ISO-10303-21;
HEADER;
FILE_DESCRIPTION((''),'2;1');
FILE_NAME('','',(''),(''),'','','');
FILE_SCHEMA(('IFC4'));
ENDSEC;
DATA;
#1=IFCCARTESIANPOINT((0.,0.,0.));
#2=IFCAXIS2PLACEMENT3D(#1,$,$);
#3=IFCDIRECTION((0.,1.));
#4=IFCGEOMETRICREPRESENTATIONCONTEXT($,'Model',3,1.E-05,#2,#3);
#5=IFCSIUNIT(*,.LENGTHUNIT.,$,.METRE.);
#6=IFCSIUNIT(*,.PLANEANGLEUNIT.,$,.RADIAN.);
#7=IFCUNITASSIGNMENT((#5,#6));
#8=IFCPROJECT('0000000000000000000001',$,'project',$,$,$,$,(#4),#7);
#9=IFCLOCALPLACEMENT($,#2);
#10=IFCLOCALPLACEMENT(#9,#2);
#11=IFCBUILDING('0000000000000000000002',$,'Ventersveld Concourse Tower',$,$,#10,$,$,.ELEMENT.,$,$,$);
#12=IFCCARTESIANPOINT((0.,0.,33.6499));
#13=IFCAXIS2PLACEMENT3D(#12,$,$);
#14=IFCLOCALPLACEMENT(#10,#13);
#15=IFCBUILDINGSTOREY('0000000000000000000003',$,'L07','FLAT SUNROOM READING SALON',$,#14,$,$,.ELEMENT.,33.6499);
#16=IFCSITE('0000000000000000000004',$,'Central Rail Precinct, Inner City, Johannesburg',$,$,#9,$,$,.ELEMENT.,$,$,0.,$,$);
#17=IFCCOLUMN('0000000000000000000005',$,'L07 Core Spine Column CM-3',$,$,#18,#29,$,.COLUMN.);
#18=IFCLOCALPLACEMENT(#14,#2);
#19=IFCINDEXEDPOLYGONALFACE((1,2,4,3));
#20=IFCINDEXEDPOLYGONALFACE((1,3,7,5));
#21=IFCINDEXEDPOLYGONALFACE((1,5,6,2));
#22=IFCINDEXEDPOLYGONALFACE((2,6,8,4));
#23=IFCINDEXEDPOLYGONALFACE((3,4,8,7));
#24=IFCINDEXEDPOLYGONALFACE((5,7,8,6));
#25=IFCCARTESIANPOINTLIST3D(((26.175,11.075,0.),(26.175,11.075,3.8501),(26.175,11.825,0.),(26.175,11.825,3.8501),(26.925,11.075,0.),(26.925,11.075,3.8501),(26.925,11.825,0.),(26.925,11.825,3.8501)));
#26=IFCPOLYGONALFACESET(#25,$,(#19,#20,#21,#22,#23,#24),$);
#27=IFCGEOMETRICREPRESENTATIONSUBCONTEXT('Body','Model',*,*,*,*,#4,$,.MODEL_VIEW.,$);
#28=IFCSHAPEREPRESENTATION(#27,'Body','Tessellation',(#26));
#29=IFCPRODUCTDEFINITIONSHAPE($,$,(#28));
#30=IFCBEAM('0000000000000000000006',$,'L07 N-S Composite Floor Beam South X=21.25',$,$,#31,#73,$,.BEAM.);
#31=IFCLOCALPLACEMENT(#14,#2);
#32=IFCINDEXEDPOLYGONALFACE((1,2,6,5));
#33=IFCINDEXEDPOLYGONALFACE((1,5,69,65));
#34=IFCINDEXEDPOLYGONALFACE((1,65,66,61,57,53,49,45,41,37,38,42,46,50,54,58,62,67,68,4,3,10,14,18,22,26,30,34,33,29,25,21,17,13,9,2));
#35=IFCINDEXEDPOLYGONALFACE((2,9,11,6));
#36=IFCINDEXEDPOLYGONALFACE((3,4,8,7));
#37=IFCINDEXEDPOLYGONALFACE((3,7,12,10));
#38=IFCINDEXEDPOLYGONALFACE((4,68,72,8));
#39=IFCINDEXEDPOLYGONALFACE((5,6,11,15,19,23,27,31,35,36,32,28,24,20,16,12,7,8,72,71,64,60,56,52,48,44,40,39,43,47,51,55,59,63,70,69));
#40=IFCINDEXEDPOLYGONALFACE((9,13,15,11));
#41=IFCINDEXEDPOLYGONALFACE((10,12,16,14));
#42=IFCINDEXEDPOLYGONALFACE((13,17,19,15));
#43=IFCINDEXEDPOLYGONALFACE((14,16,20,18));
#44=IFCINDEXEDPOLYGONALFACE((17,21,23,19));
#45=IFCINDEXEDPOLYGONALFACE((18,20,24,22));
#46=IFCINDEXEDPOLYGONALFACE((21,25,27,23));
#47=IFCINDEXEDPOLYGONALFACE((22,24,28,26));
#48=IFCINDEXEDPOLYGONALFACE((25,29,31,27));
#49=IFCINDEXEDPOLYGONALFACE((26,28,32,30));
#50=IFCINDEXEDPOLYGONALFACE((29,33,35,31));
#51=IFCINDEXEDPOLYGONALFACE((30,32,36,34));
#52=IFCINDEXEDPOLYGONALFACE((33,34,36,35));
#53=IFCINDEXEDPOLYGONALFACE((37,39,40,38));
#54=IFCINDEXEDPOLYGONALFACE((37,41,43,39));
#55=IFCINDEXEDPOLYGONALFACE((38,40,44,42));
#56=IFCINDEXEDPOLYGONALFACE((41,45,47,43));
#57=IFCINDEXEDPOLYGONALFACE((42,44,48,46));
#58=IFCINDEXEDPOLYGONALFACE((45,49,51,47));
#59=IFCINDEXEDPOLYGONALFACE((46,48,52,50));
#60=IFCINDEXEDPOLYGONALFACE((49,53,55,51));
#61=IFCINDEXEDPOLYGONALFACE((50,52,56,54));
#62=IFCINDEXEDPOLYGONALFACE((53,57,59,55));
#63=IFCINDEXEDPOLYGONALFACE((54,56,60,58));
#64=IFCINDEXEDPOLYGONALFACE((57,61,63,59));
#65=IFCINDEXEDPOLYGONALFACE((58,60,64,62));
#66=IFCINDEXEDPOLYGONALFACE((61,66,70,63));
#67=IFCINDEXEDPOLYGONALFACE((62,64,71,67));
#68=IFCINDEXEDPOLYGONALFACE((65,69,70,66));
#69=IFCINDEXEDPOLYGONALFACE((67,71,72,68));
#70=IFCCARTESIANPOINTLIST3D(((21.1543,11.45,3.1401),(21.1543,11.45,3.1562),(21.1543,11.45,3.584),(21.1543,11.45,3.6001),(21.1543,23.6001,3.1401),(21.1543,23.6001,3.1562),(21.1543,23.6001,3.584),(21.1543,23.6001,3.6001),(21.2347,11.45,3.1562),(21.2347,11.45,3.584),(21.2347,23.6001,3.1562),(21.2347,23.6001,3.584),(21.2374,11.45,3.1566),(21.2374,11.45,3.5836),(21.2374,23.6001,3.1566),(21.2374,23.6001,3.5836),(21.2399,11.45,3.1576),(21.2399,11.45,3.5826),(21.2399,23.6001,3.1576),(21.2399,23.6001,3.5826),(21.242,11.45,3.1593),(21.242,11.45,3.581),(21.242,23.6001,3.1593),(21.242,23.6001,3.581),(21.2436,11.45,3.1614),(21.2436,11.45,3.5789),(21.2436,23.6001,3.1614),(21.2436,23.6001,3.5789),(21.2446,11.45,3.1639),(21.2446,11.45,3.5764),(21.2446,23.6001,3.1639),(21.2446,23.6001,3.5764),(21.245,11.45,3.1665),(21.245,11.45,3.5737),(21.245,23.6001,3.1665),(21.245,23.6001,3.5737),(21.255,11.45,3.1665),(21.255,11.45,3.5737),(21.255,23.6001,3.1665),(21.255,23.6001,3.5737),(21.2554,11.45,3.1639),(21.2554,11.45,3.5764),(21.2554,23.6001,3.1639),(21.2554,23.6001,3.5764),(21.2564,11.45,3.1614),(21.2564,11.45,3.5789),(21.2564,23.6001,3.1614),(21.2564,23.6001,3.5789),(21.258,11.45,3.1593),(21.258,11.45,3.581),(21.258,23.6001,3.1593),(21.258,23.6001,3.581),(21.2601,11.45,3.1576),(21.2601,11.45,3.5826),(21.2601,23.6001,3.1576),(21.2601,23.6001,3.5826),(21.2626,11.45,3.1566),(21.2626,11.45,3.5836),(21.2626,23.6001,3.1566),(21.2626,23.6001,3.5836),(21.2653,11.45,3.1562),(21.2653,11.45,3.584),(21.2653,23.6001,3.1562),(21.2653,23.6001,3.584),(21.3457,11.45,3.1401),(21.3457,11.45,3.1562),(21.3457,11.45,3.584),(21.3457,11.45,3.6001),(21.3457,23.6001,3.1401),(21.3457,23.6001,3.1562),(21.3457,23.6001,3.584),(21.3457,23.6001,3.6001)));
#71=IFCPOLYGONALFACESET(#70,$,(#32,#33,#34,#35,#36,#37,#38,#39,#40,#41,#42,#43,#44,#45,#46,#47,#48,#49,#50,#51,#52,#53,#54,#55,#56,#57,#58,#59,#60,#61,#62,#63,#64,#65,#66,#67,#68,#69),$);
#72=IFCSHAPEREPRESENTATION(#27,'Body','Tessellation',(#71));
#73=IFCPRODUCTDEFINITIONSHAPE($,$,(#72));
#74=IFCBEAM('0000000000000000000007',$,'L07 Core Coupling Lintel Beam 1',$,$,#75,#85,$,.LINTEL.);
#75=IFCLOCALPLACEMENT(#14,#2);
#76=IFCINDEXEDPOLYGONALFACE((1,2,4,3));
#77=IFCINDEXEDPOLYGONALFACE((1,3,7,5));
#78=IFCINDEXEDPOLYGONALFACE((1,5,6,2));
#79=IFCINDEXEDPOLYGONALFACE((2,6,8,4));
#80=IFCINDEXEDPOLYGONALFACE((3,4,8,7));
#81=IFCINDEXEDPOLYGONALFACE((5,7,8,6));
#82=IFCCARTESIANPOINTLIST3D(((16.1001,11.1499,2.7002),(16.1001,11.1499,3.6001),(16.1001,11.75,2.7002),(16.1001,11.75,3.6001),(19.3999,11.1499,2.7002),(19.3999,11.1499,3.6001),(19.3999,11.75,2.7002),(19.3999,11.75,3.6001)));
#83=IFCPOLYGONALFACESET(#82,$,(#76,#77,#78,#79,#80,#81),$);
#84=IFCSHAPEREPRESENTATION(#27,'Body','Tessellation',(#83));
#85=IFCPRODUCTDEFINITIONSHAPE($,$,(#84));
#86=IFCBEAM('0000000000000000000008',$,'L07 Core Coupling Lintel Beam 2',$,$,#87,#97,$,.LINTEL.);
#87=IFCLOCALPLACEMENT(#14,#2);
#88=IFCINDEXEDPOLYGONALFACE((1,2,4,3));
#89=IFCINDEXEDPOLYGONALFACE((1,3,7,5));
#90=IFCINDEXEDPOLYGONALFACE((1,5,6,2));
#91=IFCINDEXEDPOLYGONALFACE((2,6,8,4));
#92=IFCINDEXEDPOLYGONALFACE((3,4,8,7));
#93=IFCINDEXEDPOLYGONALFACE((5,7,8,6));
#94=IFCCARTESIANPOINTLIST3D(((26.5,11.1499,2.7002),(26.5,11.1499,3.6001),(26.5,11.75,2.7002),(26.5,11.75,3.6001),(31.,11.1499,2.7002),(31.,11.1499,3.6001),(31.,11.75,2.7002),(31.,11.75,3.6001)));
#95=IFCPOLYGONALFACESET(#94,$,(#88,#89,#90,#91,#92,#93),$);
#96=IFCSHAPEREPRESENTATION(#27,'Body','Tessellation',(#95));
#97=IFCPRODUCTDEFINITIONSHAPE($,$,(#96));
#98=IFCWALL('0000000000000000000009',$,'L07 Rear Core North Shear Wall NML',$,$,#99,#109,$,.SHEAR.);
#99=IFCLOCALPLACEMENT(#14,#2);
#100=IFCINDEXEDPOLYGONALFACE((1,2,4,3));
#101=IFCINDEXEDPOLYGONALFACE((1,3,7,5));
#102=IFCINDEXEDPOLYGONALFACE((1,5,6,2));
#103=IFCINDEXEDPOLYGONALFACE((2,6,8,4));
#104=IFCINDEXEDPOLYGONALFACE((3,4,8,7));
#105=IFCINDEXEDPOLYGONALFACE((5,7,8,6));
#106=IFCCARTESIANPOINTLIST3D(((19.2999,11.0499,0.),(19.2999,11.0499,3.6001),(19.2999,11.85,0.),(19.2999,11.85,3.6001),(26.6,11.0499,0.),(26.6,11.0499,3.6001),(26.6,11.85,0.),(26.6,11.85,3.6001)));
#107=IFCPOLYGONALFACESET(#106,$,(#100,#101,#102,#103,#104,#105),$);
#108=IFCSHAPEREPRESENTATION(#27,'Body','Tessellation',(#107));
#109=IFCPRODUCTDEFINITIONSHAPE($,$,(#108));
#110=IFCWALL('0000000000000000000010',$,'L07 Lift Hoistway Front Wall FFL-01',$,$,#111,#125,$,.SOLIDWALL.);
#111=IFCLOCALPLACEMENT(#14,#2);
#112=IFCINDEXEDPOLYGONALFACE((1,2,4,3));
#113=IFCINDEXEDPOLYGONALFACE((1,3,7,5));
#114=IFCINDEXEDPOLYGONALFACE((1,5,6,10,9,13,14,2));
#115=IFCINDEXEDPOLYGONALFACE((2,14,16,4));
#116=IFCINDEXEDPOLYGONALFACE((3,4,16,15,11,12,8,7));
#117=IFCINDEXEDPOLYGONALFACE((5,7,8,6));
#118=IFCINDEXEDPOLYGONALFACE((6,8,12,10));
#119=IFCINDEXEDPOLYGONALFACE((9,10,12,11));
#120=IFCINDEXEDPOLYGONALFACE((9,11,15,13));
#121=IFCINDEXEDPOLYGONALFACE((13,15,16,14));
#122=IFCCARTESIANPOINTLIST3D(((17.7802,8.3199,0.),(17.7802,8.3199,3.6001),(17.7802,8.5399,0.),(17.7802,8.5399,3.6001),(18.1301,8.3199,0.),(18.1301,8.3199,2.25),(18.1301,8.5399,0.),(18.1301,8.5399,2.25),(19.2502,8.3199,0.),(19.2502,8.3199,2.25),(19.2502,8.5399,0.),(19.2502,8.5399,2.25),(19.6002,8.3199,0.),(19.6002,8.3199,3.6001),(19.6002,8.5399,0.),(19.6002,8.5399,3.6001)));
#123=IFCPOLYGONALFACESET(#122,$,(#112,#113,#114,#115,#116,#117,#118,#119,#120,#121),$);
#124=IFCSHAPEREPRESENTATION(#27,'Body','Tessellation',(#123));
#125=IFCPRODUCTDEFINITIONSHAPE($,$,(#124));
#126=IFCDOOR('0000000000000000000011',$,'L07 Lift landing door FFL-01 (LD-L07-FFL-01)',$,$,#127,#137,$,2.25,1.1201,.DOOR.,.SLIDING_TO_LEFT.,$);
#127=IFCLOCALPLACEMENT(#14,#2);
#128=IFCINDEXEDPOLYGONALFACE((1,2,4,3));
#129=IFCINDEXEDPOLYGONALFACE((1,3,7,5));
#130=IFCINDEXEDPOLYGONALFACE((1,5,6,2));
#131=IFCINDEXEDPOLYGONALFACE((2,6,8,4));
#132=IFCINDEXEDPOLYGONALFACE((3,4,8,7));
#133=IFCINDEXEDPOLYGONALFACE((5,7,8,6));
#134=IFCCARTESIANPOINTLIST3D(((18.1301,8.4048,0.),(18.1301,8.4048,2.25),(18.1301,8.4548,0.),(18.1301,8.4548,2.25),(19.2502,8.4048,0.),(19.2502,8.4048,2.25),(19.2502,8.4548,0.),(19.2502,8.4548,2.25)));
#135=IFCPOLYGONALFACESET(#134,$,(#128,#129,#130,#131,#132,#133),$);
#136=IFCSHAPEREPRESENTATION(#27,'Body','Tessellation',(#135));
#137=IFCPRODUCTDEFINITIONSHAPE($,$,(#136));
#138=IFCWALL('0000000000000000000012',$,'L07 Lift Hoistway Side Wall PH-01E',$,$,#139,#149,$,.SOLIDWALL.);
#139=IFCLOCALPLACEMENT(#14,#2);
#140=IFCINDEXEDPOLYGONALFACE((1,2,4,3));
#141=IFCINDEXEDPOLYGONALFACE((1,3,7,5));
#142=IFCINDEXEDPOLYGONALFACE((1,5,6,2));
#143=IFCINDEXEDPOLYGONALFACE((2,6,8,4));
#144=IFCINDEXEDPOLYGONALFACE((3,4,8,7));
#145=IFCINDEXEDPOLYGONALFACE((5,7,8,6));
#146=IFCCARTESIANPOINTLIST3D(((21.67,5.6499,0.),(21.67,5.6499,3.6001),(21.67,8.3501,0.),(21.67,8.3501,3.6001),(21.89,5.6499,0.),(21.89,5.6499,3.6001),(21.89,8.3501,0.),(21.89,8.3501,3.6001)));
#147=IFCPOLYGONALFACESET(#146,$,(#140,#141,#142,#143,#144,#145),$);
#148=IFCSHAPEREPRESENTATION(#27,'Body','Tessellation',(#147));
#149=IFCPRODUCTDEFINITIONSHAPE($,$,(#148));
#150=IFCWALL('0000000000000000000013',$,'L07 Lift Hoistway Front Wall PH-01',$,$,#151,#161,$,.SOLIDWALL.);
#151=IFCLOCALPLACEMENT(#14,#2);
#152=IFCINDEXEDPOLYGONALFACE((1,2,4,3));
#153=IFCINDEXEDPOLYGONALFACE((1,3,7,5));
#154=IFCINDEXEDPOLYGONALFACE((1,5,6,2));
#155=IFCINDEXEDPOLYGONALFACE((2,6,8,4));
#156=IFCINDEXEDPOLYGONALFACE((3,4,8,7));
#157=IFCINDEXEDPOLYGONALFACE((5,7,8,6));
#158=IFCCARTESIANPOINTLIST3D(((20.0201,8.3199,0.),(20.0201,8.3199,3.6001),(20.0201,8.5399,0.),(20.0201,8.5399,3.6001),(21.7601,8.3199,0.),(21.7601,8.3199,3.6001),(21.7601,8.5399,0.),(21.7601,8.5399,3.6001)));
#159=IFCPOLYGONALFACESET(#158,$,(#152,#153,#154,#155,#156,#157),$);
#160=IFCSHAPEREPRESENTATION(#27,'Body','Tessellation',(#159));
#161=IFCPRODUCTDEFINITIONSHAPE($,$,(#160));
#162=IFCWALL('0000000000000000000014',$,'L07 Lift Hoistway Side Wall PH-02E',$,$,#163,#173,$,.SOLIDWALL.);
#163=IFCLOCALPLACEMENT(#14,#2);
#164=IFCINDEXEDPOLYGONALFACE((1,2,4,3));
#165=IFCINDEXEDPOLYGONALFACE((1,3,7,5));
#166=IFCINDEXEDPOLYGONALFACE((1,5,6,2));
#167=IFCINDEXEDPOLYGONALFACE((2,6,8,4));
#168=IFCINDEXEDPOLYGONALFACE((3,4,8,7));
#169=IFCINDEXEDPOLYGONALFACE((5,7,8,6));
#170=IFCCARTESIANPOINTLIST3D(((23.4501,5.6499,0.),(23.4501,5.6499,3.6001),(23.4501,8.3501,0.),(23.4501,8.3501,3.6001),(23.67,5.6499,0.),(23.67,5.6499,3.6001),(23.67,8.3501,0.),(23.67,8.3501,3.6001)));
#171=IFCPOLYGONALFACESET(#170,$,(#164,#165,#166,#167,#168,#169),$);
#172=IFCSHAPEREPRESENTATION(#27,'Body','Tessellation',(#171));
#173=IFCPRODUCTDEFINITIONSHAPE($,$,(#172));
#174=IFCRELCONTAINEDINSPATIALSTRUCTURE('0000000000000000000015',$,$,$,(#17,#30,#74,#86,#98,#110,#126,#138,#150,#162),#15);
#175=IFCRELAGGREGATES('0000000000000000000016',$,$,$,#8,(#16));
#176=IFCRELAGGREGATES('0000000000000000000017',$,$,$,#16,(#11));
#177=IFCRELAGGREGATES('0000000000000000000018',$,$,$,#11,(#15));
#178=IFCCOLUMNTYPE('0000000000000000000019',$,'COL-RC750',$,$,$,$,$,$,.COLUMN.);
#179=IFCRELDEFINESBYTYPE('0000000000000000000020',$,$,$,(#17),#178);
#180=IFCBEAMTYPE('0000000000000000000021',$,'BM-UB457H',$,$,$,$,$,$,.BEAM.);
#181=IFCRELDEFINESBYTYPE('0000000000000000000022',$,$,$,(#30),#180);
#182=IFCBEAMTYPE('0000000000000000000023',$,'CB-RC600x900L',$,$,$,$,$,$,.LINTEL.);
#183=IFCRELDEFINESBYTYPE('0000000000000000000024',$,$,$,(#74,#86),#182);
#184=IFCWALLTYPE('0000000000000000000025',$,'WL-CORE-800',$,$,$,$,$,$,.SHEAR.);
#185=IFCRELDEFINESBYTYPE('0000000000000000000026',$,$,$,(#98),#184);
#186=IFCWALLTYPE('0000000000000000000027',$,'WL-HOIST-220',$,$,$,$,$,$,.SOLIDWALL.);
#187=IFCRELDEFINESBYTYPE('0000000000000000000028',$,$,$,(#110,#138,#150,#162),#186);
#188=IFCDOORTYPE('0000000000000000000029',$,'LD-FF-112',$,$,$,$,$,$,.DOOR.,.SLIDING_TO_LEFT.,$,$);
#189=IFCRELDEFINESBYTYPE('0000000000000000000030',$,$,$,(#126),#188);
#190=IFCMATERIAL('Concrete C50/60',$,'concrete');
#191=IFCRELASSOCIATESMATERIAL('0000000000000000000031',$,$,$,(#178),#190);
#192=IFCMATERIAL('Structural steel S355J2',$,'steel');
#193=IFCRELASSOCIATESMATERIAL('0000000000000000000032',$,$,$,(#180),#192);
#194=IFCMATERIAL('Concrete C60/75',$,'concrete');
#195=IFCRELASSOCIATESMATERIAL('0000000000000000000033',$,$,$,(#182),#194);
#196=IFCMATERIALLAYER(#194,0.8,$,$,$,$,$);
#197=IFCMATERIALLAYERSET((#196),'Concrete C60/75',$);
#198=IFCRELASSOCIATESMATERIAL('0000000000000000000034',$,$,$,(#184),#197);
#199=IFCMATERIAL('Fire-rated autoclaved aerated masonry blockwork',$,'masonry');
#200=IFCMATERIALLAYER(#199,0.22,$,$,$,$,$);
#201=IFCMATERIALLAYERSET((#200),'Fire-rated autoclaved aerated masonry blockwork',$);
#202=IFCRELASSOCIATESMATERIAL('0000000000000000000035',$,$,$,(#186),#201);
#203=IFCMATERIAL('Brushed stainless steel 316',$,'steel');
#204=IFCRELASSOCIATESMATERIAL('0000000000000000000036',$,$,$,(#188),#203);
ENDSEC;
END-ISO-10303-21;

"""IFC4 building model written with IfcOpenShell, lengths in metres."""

from ifc_helpers import new_model, si_unit, direction, frame, frame_2d, origin, origin_2d, place, context, subcontext, project, spatial, rectangle, i_section, extrude, material, layer, layer_set, material_profile, profile_set, type_object, element, fill, save


model = new_model("IFC4")

# Units and contexts
model_context = context("Model", 3, precision=1e-05, world=origin(), true_north=direction((0.0, 1.0)))
body_context = subcontext(model_context, "Body", "Model", "MODEL_VIEW")
ifc_project = project(units=[si_unit("LENGTHUNIT", "METRE"), si_unit("PLANEANGLEUNIT", "RADIAN")], contexts=[model_context])

# Site, building, storey
site_placement = place(None, origin())
site = spatial("IfcSite", under=ifc_project, at=site_placement, Name="Central Rail Precinct, Inner City, Johannesburg", CompositionType="ELEMENT", RefElevation=0.0)
building_placement = place(site_placement, origin())
building = spatial("IfcBuilding", under=site, at=building_placement, Name="Ventersveld Concourse Tower", CompositionType="ELEMENT")
storey_placement = place(building_placement, frame((0.0, 0.0, 33.6499)))
storey = spatial("IfcBuildingStorey", under=building, at=storey_placement, Name="L07", Description="FLAT SUNROOM READING SALON", CompositionType="ELEMENT", Elevation=33.6499)

# Column
ifc_material_1 = material(Name="Concrete C50/60", Category="concrete")
ifc_material_profile_1 = material_profile(ifc_material_1, rectangle(XDim=0.75, YDim=0.75, at=origin_2d()), Name="RC 750x750")
ifc_profile_set_1 = profile_set([ifc_material_profile_1], Name="Concrete C50/60")
column_type = type_object("IfcColumnType", Name="COL-RC750", PredefinedType="COLUMN", material=ifc_profile_set_1)
column_placement = place(storey_placement, frame((26.55, 11.45, 0.0), z_axis=(0.0, 0.0, 1.0), x_axis=(1.0, 0.0, 0.0)))
element("IfcColumn", 1, at=column_placement, inside=storey, type_object=column_type, Name="L07 Core Spine Column CM-3", PredefinedType="COLUMN", context=body_context, shape_type="SweptSolid", body=[
    extrude(rectangle(XDim=0.75, YDim=0.75, at=origin_2d()), origin(), (0.0, 0.0, 1.0), 3.8501),
])

# Beams
ifc_material_2 = material(Name="Structural steel S355J2", Category="steel")
ifc_material_profile_2 = material_profile(ifc_material_2, i_section(OverallWidth=0.1914, OverallDepth=0.46, WebThickness=0.01, FlangeThickness=0.0161, FilletRadius=0.0103, at=origin_2d()), Name="UB 457x191x82")
ifc_profile_set_2 = profile_set([ifc_material_profile_2], Name="Structural steel S355J2")
beam_type_1 = type_object("IfcBeamType", Name="BM-UB457H", PredefinedType="BEAM", material=ifc_profile_set_2)
beam_1_placement = place(storey_placement, frame((21.25, 11.45, 3.3701), z_axis=(0.0, 1.0, 0.0), x_axis=(-1.0, 0.0, 0.0)))
element("IfcBeam", 2, at=beam_1_placement, inside=storey, type_object=beam_type_1, Name="L07 N-S Composite Floor Beam South X=21.25", PredefinedType="BEAM", context=body_context, shape_type="SweptSolid", body=[
    extrude(i_section(OverallWidth=0.1914, OverallDepth=0.46, WebThickness=0.01, FlangeThickness=0.0161, FilletRadius=0.0103, at=origin_2d()), origin(), (0.0, 0.0, 1.0), 12.1501),
])
ifc_material_3 = material(Name="Concrete C60/75", Category="concrete")
ifc_material_profile_3 = material_profile(ifc_material_3, rectangle(XDim=0.6001, YDim=0.8999, at=origin_2d()), Name="RC 600x900")
ifc_profile_set_3 = profile_set([ifc_material_profile_3], Name="Concrete C60/75")
beam_type_2 = type_object("IfcBeamType", Name="CB-RC600x900L", PredefinedType="LINTEL", material=ifc_profile_set_3)
beam_2_placement = place(storey_placement, frame((16.1001, 11.45, 3.1501), z_axis=(1.0, 0.0, 0.0), x_axis=(0.0, 1.0, 0.0)))
element("IfcBeam", 3, at=beam_2_placement, inside=storey, type_object=beam_type_2, Name="L07 Core Coupling Lintel Beam 1", PredefinedType="LINTEL", context=body_context, shape_type="SweptSolid", body=[
    extrude(rectangle(XDim=0.6001, YDim=0.8999, at=origin_2d()), origin(), (0.0, 0.0, 1.0), 3.2998),
])
beam_3_placement = place(storey_placement, frame((26.5, 11.45, 3.1501), z_axis=(1.0, 0.0, 0.0), x_axis=(0.0, 1.0, 0.0)))
element("IfcBeam", 4, at=beam_3_placement, inside=storey, type_object=beam_type_2, Name="L07 Core Coupling Lintel Beam 2", PredefinedType="LINTEL", context=body_context, shape_type="SweptSolid", body=[
    extrude(rectangle(XDim=0.6001, YDim=0.8999, at=origin_2d()), origin(), (0.0, 0.0, 1.0), 4.5),
])

# Wall
ifc_layer_1 = layer(ifc_material_3, 0.8)
ifc_layer_set_1 = layer_set([ifc_layer_1], Name="Concrete C60/75")
wall_type_1 = type_object("IfcWallType", Name="WL-CORE-800", PredefinedType="SHEAR", material=ifc_layer_set_1)
wall_1_placement = place(storey_placement, frame((19.3, 11.45, 0.0), z_axis=(0.0, 0.0, 1.0), x_axis=(1.0, 0.0, 0.0)))
element("IfcWall", 5, at=wall_1_placement, inside=storey, type_object=wall_type_1, Name="L07 Rear Core North Shear Wall NML", PredefinedType="SHEAR", context=body_context, shape_type="SweptSolid", body=[
    extrude(rectangle(XDim=7.3, YDim=0.8, at=frame_2d((3.6499, 0.0))), origin(), (0.0, 0.0, 1.0), 3.6001),
])

# Wall, opening, door
ifc_material_4 = material(Name="Fire-rated autoclaved aerated masonry blockwork", Category="masonry")
ifc_layer_2 = layer(ifc_material_4, 0.22)
ifc_layer_set_2 = layer_set([ifc_layer_2], Name="Fire-rated autoclaved aerated masonry blockwork")
wall_type_2 = type_object("IfcWallType", Name="WL-HOIST-220", PredefinedType="SOLIDWALL", material=ifc_layer_set_2)
wall_2_placement = place(storey_placement, frame((17.78, 8.4299, 0.0), z_axis=(0.0, 0.0, 1.0), x_axis=(1.0, 0.0, 0.0)))
wall_2 = element("IfcWall", 6, at=wall_2_placement, inside=storey, type_object=wall_type_2, Name="L07 Lift Hoistway Front Wall FFL-01", PredefinedType="SOLIDWALL", context=body_context, shape_type="SweptSolid", body=[
    extrude(rectangle(XDim=1.8201, YDim=0.22, at=frame_2d((0.9102, 0.0))), origin(), (0.0, 0.0, 1.0), 3.6001),
])
opening_1_placement = place(wall_2_placement, frame((0.3501, 0.0, 0.0)))
opening_1 = element("IfcOpeningElement", 7, at=opening_1_placement, cuts=wall_2, PredefinedType="OPENING", context=body_context, shape_type="SweptSolid", body=[
    extrude(rectangle(XDim=1.1201, YDim=2.25, at=frame_2d((0.5601, 1.125))), frame((0.0, 0.1201, 0.0), z_axis=(0.0, -1.0, 0.0), x_axis=(1.0, 0.0, 0.0)), (0.0, 0.0, 1.0), 0.24),
])
ifc_material_5 = material(Name="Brushed stainless steel 316", Category="steel")
door_type_1 = type_object("IfcDoorType", Name="LD-FF-112", OperationType="SLIDING_TO_LEFT", PredefinedType="DOOR", material=ifc_material_5)
door_1_placement = place(opening_1_placement, origin())
door_1 = element("IfcDoor", 8, at=door_1_placement, inside=storey, type_object=door_type_1, Name="L07 Lift landing door FFL-01 (LD-L07-FFL-01)", OperationType="SLIDING_TO_LEFT", OverallHeight=2.25, OverallWidth=1.1201, PredefinedType="DOOR", context=body_context, shape_type="SweptSolid", body=[
    extrude(rectangle(XDim=1.1201, YDim=2.25, at=frame_2d((0.5601, 1.125))), frame((0.0, 0.0249, 0.0), z_axis=(0.0, -1.0, 0.0), x_axis=(1.0, 0.0, 0.0)), (0.0, 0.0, 1.0), 0.05),
])
fill(opening_1, door_1)

# Walls
wall_3_placement = place(storey_placement, frame((21.78, 5.6499, 0.0), z_axis=(0.0, 0.0, 1.0), x_axis=(0.0, 1.0, 0.0)))
element("IfcWall", 9, at=wall_3_placement, inside=storey, type_object=wall_type_2, Name="L07 Lift Hoistway Side Wall PH-01E", PredefinedType="SOLIDWALL", context=body_context, shape_type="SweptSolid", body=[
    extrude(rectangle(XDim=2.7002, YDim=0.22, at=frame_2d((1.3501, 0.0))), origin(), (0.0, 0.0, 1.0), 3.6001),
])
wall_4_placement = place(storey_placement, frame((20.02, 8.4299, 0.0), z_axis=(0.0, 0.0, 1.0), x_axis=(1.0, 0.0, 0.0)))
element("IfcWall", 10, at=wall_4_placement, inside=storey, type_object=wall_type_2, Name="L07 Lift Hoistway Front Wall PH-01", PredefinedType="SOLIDWALL", context=body_context, shape_type="SweptSolid", body=[
    extrude(rectangle(XDim=1.74, YDim=0.22, at=frame_2d((0.8701, 0.0))), origin(), (0.0, 0.0, 1.0), 3.6001),
])
wall_5_placement = place(storey_placement, frame((23.5601, 5.6499, 0.0), z_axis=(0.0, 0.0, 1.0), x_axis=(0.0, 1.0, 0.0)))
element("IfcWall", 11, at=wall_5_placement, inside=storey, type_object=wall_type_2, Name="L07 Lift Hoistway Side Wall PH-02E", PredefinedType="SOLIDWALL", context=body_context, shape_type="SweptSolid", body=[
    extrude(rectangle(XDim=2.7002, YDim=0.22, at=frame_2d((1.3501, 0.0))), origin(), (0.0, 0.0, 1.0), 3.6001),
])

save(model, "model.ifc")
